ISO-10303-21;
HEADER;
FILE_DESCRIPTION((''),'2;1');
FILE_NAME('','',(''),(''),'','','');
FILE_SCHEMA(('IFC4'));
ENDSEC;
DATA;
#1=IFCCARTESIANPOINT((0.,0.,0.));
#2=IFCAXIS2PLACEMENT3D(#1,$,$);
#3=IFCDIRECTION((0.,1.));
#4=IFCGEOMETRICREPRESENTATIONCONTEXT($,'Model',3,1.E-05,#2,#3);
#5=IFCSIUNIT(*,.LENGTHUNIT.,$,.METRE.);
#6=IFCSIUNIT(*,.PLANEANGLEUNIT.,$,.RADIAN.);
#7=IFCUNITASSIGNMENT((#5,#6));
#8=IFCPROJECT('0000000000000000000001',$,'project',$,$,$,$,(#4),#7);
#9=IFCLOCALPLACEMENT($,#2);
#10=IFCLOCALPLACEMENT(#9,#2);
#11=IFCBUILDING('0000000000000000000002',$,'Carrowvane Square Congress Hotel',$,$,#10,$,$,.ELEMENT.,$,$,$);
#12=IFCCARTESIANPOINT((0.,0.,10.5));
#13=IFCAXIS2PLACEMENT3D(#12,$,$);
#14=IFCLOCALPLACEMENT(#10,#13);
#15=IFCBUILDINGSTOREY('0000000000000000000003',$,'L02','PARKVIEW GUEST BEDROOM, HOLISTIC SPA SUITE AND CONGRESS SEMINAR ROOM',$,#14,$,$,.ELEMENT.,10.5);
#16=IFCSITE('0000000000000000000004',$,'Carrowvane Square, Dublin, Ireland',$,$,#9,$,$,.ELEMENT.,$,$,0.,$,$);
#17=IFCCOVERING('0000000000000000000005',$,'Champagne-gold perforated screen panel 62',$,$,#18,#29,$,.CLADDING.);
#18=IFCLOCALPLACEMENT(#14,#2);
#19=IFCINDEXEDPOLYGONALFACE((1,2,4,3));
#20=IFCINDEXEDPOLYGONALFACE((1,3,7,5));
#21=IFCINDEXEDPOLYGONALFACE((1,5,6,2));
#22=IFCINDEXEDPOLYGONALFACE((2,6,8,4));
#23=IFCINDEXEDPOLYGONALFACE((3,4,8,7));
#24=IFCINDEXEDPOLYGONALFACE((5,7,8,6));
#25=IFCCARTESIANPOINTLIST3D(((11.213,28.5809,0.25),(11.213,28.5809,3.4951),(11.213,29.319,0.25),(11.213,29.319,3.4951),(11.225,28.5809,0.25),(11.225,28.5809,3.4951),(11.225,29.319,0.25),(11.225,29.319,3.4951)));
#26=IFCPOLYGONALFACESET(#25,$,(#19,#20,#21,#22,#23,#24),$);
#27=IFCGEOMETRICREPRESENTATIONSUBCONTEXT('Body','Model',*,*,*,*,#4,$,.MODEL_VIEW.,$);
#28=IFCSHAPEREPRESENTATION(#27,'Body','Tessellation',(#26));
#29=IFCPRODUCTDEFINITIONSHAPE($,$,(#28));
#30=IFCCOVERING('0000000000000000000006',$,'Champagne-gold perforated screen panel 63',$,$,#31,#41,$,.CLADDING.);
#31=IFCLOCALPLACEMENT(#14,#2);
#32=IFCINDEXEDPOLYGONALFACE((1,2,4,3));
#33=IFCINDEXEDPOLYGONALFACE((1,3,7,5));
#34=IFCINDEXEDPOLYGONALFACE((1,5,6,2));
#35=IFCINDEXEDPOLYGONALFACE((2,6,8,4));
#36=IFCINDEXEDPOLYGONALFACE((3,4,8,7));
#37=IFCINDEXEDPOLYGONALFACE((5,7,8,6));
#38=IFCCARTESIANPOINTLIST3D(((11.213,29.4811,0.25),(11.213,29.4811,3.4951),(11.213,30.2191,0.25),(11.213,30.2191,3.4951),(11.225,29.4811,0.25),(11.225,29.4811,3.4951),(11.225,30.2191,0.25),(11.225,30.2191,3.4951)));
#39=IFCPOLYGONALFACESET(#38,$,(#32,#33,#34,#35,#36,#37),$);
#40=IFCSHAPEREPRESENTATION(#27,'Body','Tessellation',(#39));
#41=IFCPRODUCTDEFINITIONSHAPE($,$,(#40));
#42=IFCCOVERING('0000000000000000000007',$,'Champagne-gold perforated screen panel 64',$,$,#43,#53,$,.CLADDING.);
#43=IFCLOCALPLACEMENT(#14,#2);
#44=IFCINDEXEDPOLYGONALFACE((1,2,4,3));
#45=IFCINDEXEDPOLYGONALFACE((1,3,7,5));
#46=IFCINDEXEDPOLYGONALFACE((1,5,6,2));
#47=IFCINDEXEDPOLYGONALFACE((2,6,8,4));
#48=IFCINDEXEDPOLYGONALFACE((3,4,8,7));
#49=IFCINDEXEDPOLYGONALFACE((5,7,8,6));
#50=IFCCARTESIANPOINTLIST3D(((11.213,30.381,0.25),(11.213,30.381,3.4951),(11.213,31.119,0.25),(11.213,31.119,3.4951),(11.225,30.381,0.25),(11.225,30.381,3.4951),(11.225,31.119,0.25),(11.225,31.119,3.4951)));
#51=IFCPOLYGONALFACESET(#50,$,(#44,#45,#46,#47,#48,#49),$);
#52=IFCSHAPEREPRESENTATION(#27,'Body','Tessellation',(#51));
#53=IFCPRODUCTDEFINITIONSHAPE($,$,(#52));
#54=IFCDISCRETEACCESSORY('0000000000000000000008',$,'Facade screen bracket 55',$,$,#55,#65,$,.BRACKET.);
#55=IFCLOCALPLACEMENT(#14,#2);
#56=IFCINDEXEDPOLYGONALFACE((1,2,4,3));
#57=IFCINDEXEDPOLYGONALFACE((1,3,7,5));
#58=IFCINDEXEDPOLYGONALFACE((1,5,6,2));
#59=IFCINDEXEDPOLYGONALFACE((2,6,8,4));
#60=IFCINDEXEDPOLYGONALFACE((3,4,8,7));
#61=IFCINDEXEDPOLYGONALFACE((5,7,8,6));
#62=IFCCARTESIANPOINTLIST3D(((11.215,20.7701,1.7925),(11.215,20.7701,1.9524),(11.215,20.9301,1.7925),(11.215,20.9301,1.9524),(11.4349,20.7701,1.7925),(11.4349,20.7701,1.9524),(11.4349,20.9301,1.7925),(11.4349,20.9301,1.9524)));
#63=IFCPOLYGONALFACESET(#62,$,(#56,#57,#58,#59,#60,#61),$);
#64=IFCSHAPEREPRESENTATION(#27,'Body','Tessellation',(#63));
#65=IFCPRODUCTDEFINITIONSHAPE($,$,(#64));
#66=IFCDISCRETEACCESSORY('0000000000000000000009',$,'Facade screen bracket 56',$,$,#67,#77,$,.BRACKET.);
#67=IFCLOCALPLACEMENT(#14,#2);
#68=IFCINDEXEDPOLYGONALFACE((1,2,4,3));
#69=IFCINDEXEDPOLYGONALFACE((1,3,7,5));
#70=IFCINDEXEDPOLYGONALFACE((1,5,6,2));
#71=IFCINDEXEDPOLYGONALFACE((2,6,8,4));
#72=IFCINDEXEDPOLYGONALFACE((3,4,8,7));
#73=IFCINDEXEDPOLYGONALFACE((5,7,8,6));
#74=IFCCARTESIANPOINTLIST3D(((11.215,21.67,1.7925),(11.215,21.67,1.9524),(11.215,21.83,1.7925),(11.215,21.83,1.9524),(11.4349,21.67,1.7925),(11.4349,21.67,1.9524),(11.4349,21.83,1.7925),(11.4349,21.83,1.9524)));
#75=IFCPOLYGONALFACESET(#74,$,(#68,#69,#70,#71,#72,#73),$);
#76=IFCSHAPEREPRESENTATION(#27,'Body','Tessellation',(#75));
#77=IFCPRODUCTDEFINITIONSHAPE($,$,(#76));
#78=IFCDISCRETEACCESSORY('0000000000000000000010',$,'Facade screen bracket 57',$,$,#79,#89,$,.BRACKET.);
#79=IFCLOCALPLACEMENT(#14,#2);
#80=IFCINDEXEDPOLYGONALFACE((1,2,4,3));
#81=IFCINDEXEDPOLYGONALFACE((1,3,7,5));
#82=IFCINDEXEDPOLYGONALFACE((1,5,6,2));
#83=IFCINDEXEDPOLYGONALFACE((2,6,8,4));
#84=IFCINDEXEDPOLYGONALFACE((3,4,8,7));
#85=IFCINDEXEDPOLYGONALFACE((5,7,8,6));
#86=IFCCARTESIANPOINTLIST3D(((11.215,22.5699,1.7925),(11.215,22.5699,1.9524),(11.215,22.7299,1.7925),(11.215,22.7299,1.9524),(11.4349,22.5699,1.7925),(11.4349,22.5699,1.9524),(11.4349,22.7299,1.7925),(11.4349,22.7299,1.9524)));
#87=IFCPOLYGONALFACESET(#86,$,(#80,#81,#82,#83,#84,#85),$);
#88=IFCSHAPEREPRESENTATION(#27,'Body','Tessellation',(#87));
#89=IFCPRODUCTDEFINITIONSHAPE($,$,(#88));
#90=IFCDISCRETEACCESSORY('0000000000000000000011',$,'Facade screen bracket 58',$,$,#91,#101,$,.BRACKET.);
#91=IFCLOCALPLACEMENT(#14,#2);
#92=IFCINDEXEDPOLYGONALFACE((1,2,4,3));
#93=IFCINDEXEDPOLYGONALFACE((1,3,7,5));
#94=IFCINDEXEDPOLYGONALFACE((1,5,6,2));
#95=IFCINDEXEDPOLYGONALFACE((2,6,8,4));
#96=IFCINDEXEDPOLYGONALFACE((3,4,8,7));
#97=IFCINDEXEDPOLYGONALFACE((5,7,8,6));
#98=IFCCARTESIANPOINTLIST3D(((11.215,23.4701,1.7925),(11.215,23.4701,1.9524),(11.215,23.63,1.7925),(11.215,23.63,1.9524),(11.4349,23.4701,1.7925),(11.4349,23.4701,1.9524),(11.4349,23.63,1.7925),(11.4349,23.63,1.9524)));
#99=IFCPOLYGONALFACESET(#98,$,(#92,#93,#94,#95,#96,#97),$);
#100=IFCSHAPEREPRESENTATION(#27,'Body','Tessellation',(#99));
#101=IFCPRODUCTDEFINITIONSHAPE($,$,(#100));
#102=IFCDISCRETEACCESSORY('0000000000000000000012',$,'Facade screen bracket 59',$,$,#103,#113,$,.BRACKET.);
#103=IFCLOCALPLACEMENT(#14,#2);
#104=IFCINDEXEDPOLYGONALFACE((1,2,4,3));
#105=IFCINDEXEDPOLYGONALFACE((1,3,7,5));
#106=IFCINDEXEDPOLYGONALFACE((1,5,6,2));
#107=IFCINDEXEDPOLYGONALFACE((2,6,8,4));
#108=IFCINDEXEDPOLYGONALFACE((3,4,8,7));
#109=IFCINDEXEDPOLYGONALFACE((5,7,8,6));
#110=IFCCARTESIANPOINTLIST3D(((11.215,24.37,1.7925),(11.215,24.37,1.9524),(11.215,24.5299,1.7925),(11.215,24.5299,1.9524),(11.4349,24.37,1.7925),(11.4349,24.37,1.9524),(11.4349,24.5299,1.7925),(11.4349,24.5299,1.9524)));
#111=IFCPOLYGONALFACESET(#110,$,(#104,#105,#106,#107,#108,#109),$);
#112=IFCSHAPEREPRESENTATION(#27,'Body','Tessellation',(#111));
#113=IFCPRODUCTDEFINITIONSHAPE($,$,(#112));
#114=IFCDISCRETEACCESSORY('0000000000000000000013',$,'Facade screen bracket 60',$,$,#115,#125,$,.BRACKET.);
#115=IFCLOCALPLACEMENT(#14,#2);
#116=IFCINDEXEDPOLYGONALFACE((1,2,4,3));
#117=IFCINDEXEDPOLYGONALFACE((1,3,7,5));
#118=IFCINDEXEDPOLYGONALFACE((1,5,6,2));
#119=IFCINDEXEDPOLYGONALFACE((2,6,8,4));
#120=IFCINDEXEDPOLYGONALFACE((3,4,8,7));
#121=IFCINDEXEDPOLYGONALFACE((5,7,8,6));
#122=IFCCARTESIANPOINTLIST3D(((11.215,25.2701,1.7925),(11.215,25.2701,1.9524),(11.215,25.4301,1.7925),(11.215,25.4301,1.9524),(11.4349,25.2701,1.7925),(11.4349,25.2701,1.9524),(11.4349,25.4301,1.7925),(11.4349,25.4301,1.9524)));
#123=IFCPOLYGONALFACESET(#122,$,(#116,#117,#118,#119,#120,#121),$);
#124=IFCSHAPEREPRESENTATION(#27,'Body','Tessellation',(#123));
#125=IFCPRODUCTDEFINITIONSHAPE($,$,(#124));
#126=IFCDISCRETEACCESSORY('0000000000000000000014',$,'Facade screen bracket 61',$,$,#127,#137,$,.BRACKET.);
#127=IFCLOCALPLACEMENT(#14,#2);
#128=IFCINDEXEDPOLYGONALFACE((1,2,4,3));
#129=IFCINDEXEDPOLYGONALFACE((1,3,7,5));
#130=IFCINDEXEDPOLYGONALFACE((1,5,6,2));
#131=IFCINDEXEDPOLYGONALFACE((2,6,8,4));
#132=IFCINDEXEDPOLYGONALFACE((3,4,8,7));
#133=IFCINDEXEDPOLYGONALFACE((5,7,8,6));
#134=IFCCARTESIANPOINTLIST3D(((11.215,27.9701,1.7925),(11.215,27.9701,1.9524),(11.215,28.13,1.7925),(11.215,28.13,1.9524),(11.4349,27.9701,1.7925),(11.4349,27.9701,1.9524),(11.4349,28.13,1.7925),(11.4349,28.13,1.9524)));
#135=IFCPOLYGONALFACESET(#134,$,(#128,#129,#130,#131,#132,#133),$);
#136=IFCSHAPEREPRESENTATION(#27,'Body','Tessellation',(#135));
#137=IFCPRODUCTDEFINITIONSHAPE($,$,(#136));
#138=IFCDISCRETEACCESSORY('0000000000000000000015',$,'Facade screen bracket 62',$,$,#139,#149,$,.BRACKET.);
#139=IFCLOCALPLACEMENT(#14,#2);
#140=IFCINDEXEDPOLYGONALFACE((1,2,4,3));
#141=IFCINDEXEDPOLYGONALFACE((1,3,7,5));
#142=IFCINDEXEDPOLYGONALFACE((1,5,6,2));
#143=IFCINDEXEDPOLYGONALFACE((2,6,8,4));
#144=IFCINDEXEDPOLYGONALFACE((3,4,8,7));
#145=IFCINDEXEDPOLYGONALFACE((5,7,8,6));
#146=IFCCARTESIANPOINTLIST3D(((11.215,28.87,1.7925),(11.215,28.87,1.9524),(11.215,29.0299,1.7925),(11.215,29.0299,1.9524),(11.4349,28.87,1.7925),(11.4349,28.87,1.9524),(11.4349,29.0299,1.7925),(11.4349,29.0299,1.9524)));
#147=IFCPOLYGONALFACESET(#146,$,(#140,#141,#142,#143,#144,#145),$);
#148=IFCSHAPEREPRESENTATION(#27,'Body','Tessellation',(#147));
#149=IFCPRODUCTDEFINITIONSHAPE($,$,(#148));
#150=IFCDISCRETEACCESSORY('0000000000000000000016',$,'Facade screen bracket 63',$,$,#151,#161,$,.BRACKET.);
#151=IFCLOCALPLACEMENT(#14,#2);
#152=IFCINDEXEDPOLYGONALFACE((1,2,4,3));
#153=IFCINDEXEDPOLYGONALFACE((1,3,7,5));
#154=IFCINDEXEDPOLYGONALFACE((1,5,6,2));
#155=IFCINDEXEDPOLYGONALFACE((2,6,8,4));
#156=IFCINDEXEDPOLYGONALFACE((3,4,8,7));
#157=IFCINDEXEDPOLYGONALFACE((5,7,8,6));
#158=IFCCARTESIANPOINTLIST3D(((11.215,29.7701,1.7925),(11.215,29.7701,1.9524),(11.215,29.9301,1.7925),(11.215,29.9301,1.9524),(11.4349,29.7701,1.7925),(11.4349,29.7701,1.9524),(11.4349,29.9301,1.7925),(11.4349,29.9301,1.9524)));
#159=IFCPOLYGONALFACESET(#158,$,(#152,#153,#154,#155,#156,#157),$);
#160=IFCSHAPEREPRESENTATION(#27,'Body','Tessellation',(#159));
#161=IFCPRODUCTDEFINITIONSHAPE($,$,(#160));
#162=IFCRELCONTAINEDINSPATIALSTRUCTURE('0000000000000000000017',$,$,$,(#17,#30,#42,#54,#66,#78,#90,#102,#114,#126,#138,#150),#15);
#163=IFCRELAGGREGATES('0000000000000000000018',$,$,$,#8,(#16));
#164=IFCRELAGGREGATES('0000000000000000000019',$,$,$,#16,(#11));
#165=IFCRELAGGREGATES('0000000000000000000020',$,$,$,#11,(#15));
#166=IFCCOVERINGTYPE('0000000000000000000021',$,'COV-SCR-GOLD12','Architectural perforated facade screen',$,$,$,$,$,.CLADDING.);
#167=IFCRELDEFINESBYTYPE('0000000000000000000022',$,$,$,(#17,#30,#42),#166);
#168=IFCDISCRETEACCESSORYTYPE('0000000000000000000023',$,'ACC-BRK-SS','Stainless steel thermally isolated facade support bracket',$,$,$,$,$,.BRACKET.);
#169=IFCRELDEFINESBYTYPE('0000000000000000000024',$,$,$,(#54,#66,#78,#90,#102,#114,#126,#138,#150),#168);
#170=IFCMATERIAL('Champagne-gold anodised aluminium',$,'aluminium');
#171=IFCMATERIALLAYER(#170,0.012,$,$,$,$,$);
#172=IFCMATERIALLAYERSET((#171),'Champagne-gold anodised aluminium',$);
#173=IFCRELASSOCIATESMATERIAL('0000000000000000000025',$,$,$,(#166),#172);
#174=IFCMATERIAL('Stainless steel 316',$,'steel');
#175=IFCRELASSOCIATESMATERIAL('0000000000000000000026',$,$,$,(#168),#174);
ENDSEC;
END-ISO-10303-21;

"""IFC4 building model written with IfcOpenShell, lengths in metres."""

from ifc_helpers import new_model, si_unit, direction, frame, origin, origin_2d, place, context, subcontext, project, spatial, rectangle, extrude, material, layer, layer_set, type_object, element, save


model = new_model("IFC4")

# Units and contexts
model_context = context("Model", 3, precision=1e-05, world=origin(), true_north=direction((0.0, 1.0)))
body_context = subcontext(model_context, "Body", "Model", "MODEL_VIEW")
ifc_project = project(units=[si_unit("LENGTHUNIT", "METRE"), si_unit("PLANEANGLEUNIT", "RADIAN")], contexts=[model_context])

# Site, building, storey
site_placement = place(None, origin())
site = spatial("IfcSite", under=ifc_project, at=site_placement, Name="Carrowvane Square, Dublin, Ireland", CompositionType="ELEMENT", RefElevation=0.0)
building_placement = place(site_placement, origin())
building = spatial("IfcBuilding", under=site, at=building_placement, Name="Carrowvane Square Congress Hotel", CompositionType="ELEMENT")
storey_placement = place(building_placement, frame((0.0, 0.0, 10.5)))
storey = spatial("IfcBuildingStorey", under=building, at=storey_placement, Name="L02", Description="PARKVIEW GUEST BEDROOM, HOLISTIC SPA SUITE AND CONGRESS SEMINAR ROOM", CompositionType="ELEMENT", Elevation=10.5)

# Coverings
ifc_material_1 = material(Name="Champagne-gold anodised aluminium", Category="aluminium")
ifc_layer_1 = layer(ifc_material_1, 0.012)
ifc_layer_set_1 = layer_set([ifc_layer_1], Name="Champagne-gold anodised aluminium")
covering_type = type_object("IfcCoveringType", Name="COV-SCR-GOLD12", Description="Architectural perforated facade screen", PredefinedType="CLADDING", material=ifc_layer_set_1)
for number, where, z_axis, x_axis, name in (
    (1, (11.219, 28.95, 0.25), (0.0, 0.0, 1.0), (0.0, 1.0, 0.0), "Champagne-gold perforated screen panel 62"),
    (2, (11.219, 29.8501, 0.25), (0.0, 0.0, 1.0), (0.0, 1.0, 0.0), "Champagne-gold perforated screen panel 63"),
    (3, (11.219, 30.75, 0.25), (0.0, 0.0, 1.0), (0.0, 1.0, 0.0), "Champagne-gold perforated screen panel 64"),
):
    element("IfcCovering", number, at=place(storey_placement, frame(where, z_axis=z_axis, x_axis=x_axis)), inside=storey, type_object=covering_type, Name=name, PredefinedType="CLADDING", context=body_context, shape_type="SweptSolid", body=[
        extrude(rectangle(XDim=0.738, YDim=0.012, at=origin_2d()), origin(), (0.0, 0.0, 1.0), 3.2451),
    ])

# Discrete accessories
ifc_material_2 = material(Name="Stainless steel 316", Category="steel")
discrete_accessory_type = type_object("IfcDiscreteAccessoryType", Name="ACC-BRK-SS", Description="Stainless steel thermally isolated facade support bracket", PredefinedType="BRACKET", material=ifc_material_2)
for number, where, z_axis, x_axis, name in (
    (4, (11.325, 20.8501, 1.7925), (0.0, 0.0, 1.0), (0.0, 1.0, 0.0), "Facade screen bracket 55"),
    (5, (11.325, 21.75, 1.7925), (0.0, 0.0, 1.0), (0.0, 1.0, 0.0), "Facade screen bracket 56"),
    (6, (11.325, 22.6499, 1.7925), (0.0, 0.0, 1.0), (0.0, 1.0, 0.0), "Facade screen bracket 57"),
    (7, (11.325, 23.55, 1.7925), (0.0, 0.0, 1.0), (0.0, 1.0, 0.0), "Facade screen bracket 58"),
    (8, (11.325, 24.45, 1.7925), (0.0, 0.0, 1.0), (0.0, 1.0, 0.0), "Facade screen bracket 59"),
    (9, (11.325, 25.3501, 1.7925), (0.0, 0.0, 1.0), (0.0, 1.0, 0.0), "Facade screen bracket 60"),
    (10, (11.325, 28.05, 1.7925), (0.0, 0.0, 1.0), (0.0, 1.0, 0.0), "Facade screen bracket 61"),
    (11, (11.325, 28.95, 1.7925), (0.0, 0.0, 1.0), (0.0, 1.0, 0.0), "Facade screen bracket 62"),
    (12, (11.325, 29.8501, 1.7925), (0.0, 0.0, 1.0), (0.0, 1.0, 0.0), "Facade screen bracket 63"),
):
    element("IfcDiscreteAccessory", number, at=place(storey_placement, frame(where, z_axis=z_axis, x_axis=x_axis)), inside=storey, type_object=discrete_accessory_type, Name=name, PredefinedType="BRACKET", context=body_context, shape_type="SweptSolid", body=[
        extrude(rectangle(XDim=0.1599, YDim=0.22, at=origin_2d()), origin(), (0.0, 0.0, 1.0), 0.1599),
    ])

save(model, "model.ifc")
